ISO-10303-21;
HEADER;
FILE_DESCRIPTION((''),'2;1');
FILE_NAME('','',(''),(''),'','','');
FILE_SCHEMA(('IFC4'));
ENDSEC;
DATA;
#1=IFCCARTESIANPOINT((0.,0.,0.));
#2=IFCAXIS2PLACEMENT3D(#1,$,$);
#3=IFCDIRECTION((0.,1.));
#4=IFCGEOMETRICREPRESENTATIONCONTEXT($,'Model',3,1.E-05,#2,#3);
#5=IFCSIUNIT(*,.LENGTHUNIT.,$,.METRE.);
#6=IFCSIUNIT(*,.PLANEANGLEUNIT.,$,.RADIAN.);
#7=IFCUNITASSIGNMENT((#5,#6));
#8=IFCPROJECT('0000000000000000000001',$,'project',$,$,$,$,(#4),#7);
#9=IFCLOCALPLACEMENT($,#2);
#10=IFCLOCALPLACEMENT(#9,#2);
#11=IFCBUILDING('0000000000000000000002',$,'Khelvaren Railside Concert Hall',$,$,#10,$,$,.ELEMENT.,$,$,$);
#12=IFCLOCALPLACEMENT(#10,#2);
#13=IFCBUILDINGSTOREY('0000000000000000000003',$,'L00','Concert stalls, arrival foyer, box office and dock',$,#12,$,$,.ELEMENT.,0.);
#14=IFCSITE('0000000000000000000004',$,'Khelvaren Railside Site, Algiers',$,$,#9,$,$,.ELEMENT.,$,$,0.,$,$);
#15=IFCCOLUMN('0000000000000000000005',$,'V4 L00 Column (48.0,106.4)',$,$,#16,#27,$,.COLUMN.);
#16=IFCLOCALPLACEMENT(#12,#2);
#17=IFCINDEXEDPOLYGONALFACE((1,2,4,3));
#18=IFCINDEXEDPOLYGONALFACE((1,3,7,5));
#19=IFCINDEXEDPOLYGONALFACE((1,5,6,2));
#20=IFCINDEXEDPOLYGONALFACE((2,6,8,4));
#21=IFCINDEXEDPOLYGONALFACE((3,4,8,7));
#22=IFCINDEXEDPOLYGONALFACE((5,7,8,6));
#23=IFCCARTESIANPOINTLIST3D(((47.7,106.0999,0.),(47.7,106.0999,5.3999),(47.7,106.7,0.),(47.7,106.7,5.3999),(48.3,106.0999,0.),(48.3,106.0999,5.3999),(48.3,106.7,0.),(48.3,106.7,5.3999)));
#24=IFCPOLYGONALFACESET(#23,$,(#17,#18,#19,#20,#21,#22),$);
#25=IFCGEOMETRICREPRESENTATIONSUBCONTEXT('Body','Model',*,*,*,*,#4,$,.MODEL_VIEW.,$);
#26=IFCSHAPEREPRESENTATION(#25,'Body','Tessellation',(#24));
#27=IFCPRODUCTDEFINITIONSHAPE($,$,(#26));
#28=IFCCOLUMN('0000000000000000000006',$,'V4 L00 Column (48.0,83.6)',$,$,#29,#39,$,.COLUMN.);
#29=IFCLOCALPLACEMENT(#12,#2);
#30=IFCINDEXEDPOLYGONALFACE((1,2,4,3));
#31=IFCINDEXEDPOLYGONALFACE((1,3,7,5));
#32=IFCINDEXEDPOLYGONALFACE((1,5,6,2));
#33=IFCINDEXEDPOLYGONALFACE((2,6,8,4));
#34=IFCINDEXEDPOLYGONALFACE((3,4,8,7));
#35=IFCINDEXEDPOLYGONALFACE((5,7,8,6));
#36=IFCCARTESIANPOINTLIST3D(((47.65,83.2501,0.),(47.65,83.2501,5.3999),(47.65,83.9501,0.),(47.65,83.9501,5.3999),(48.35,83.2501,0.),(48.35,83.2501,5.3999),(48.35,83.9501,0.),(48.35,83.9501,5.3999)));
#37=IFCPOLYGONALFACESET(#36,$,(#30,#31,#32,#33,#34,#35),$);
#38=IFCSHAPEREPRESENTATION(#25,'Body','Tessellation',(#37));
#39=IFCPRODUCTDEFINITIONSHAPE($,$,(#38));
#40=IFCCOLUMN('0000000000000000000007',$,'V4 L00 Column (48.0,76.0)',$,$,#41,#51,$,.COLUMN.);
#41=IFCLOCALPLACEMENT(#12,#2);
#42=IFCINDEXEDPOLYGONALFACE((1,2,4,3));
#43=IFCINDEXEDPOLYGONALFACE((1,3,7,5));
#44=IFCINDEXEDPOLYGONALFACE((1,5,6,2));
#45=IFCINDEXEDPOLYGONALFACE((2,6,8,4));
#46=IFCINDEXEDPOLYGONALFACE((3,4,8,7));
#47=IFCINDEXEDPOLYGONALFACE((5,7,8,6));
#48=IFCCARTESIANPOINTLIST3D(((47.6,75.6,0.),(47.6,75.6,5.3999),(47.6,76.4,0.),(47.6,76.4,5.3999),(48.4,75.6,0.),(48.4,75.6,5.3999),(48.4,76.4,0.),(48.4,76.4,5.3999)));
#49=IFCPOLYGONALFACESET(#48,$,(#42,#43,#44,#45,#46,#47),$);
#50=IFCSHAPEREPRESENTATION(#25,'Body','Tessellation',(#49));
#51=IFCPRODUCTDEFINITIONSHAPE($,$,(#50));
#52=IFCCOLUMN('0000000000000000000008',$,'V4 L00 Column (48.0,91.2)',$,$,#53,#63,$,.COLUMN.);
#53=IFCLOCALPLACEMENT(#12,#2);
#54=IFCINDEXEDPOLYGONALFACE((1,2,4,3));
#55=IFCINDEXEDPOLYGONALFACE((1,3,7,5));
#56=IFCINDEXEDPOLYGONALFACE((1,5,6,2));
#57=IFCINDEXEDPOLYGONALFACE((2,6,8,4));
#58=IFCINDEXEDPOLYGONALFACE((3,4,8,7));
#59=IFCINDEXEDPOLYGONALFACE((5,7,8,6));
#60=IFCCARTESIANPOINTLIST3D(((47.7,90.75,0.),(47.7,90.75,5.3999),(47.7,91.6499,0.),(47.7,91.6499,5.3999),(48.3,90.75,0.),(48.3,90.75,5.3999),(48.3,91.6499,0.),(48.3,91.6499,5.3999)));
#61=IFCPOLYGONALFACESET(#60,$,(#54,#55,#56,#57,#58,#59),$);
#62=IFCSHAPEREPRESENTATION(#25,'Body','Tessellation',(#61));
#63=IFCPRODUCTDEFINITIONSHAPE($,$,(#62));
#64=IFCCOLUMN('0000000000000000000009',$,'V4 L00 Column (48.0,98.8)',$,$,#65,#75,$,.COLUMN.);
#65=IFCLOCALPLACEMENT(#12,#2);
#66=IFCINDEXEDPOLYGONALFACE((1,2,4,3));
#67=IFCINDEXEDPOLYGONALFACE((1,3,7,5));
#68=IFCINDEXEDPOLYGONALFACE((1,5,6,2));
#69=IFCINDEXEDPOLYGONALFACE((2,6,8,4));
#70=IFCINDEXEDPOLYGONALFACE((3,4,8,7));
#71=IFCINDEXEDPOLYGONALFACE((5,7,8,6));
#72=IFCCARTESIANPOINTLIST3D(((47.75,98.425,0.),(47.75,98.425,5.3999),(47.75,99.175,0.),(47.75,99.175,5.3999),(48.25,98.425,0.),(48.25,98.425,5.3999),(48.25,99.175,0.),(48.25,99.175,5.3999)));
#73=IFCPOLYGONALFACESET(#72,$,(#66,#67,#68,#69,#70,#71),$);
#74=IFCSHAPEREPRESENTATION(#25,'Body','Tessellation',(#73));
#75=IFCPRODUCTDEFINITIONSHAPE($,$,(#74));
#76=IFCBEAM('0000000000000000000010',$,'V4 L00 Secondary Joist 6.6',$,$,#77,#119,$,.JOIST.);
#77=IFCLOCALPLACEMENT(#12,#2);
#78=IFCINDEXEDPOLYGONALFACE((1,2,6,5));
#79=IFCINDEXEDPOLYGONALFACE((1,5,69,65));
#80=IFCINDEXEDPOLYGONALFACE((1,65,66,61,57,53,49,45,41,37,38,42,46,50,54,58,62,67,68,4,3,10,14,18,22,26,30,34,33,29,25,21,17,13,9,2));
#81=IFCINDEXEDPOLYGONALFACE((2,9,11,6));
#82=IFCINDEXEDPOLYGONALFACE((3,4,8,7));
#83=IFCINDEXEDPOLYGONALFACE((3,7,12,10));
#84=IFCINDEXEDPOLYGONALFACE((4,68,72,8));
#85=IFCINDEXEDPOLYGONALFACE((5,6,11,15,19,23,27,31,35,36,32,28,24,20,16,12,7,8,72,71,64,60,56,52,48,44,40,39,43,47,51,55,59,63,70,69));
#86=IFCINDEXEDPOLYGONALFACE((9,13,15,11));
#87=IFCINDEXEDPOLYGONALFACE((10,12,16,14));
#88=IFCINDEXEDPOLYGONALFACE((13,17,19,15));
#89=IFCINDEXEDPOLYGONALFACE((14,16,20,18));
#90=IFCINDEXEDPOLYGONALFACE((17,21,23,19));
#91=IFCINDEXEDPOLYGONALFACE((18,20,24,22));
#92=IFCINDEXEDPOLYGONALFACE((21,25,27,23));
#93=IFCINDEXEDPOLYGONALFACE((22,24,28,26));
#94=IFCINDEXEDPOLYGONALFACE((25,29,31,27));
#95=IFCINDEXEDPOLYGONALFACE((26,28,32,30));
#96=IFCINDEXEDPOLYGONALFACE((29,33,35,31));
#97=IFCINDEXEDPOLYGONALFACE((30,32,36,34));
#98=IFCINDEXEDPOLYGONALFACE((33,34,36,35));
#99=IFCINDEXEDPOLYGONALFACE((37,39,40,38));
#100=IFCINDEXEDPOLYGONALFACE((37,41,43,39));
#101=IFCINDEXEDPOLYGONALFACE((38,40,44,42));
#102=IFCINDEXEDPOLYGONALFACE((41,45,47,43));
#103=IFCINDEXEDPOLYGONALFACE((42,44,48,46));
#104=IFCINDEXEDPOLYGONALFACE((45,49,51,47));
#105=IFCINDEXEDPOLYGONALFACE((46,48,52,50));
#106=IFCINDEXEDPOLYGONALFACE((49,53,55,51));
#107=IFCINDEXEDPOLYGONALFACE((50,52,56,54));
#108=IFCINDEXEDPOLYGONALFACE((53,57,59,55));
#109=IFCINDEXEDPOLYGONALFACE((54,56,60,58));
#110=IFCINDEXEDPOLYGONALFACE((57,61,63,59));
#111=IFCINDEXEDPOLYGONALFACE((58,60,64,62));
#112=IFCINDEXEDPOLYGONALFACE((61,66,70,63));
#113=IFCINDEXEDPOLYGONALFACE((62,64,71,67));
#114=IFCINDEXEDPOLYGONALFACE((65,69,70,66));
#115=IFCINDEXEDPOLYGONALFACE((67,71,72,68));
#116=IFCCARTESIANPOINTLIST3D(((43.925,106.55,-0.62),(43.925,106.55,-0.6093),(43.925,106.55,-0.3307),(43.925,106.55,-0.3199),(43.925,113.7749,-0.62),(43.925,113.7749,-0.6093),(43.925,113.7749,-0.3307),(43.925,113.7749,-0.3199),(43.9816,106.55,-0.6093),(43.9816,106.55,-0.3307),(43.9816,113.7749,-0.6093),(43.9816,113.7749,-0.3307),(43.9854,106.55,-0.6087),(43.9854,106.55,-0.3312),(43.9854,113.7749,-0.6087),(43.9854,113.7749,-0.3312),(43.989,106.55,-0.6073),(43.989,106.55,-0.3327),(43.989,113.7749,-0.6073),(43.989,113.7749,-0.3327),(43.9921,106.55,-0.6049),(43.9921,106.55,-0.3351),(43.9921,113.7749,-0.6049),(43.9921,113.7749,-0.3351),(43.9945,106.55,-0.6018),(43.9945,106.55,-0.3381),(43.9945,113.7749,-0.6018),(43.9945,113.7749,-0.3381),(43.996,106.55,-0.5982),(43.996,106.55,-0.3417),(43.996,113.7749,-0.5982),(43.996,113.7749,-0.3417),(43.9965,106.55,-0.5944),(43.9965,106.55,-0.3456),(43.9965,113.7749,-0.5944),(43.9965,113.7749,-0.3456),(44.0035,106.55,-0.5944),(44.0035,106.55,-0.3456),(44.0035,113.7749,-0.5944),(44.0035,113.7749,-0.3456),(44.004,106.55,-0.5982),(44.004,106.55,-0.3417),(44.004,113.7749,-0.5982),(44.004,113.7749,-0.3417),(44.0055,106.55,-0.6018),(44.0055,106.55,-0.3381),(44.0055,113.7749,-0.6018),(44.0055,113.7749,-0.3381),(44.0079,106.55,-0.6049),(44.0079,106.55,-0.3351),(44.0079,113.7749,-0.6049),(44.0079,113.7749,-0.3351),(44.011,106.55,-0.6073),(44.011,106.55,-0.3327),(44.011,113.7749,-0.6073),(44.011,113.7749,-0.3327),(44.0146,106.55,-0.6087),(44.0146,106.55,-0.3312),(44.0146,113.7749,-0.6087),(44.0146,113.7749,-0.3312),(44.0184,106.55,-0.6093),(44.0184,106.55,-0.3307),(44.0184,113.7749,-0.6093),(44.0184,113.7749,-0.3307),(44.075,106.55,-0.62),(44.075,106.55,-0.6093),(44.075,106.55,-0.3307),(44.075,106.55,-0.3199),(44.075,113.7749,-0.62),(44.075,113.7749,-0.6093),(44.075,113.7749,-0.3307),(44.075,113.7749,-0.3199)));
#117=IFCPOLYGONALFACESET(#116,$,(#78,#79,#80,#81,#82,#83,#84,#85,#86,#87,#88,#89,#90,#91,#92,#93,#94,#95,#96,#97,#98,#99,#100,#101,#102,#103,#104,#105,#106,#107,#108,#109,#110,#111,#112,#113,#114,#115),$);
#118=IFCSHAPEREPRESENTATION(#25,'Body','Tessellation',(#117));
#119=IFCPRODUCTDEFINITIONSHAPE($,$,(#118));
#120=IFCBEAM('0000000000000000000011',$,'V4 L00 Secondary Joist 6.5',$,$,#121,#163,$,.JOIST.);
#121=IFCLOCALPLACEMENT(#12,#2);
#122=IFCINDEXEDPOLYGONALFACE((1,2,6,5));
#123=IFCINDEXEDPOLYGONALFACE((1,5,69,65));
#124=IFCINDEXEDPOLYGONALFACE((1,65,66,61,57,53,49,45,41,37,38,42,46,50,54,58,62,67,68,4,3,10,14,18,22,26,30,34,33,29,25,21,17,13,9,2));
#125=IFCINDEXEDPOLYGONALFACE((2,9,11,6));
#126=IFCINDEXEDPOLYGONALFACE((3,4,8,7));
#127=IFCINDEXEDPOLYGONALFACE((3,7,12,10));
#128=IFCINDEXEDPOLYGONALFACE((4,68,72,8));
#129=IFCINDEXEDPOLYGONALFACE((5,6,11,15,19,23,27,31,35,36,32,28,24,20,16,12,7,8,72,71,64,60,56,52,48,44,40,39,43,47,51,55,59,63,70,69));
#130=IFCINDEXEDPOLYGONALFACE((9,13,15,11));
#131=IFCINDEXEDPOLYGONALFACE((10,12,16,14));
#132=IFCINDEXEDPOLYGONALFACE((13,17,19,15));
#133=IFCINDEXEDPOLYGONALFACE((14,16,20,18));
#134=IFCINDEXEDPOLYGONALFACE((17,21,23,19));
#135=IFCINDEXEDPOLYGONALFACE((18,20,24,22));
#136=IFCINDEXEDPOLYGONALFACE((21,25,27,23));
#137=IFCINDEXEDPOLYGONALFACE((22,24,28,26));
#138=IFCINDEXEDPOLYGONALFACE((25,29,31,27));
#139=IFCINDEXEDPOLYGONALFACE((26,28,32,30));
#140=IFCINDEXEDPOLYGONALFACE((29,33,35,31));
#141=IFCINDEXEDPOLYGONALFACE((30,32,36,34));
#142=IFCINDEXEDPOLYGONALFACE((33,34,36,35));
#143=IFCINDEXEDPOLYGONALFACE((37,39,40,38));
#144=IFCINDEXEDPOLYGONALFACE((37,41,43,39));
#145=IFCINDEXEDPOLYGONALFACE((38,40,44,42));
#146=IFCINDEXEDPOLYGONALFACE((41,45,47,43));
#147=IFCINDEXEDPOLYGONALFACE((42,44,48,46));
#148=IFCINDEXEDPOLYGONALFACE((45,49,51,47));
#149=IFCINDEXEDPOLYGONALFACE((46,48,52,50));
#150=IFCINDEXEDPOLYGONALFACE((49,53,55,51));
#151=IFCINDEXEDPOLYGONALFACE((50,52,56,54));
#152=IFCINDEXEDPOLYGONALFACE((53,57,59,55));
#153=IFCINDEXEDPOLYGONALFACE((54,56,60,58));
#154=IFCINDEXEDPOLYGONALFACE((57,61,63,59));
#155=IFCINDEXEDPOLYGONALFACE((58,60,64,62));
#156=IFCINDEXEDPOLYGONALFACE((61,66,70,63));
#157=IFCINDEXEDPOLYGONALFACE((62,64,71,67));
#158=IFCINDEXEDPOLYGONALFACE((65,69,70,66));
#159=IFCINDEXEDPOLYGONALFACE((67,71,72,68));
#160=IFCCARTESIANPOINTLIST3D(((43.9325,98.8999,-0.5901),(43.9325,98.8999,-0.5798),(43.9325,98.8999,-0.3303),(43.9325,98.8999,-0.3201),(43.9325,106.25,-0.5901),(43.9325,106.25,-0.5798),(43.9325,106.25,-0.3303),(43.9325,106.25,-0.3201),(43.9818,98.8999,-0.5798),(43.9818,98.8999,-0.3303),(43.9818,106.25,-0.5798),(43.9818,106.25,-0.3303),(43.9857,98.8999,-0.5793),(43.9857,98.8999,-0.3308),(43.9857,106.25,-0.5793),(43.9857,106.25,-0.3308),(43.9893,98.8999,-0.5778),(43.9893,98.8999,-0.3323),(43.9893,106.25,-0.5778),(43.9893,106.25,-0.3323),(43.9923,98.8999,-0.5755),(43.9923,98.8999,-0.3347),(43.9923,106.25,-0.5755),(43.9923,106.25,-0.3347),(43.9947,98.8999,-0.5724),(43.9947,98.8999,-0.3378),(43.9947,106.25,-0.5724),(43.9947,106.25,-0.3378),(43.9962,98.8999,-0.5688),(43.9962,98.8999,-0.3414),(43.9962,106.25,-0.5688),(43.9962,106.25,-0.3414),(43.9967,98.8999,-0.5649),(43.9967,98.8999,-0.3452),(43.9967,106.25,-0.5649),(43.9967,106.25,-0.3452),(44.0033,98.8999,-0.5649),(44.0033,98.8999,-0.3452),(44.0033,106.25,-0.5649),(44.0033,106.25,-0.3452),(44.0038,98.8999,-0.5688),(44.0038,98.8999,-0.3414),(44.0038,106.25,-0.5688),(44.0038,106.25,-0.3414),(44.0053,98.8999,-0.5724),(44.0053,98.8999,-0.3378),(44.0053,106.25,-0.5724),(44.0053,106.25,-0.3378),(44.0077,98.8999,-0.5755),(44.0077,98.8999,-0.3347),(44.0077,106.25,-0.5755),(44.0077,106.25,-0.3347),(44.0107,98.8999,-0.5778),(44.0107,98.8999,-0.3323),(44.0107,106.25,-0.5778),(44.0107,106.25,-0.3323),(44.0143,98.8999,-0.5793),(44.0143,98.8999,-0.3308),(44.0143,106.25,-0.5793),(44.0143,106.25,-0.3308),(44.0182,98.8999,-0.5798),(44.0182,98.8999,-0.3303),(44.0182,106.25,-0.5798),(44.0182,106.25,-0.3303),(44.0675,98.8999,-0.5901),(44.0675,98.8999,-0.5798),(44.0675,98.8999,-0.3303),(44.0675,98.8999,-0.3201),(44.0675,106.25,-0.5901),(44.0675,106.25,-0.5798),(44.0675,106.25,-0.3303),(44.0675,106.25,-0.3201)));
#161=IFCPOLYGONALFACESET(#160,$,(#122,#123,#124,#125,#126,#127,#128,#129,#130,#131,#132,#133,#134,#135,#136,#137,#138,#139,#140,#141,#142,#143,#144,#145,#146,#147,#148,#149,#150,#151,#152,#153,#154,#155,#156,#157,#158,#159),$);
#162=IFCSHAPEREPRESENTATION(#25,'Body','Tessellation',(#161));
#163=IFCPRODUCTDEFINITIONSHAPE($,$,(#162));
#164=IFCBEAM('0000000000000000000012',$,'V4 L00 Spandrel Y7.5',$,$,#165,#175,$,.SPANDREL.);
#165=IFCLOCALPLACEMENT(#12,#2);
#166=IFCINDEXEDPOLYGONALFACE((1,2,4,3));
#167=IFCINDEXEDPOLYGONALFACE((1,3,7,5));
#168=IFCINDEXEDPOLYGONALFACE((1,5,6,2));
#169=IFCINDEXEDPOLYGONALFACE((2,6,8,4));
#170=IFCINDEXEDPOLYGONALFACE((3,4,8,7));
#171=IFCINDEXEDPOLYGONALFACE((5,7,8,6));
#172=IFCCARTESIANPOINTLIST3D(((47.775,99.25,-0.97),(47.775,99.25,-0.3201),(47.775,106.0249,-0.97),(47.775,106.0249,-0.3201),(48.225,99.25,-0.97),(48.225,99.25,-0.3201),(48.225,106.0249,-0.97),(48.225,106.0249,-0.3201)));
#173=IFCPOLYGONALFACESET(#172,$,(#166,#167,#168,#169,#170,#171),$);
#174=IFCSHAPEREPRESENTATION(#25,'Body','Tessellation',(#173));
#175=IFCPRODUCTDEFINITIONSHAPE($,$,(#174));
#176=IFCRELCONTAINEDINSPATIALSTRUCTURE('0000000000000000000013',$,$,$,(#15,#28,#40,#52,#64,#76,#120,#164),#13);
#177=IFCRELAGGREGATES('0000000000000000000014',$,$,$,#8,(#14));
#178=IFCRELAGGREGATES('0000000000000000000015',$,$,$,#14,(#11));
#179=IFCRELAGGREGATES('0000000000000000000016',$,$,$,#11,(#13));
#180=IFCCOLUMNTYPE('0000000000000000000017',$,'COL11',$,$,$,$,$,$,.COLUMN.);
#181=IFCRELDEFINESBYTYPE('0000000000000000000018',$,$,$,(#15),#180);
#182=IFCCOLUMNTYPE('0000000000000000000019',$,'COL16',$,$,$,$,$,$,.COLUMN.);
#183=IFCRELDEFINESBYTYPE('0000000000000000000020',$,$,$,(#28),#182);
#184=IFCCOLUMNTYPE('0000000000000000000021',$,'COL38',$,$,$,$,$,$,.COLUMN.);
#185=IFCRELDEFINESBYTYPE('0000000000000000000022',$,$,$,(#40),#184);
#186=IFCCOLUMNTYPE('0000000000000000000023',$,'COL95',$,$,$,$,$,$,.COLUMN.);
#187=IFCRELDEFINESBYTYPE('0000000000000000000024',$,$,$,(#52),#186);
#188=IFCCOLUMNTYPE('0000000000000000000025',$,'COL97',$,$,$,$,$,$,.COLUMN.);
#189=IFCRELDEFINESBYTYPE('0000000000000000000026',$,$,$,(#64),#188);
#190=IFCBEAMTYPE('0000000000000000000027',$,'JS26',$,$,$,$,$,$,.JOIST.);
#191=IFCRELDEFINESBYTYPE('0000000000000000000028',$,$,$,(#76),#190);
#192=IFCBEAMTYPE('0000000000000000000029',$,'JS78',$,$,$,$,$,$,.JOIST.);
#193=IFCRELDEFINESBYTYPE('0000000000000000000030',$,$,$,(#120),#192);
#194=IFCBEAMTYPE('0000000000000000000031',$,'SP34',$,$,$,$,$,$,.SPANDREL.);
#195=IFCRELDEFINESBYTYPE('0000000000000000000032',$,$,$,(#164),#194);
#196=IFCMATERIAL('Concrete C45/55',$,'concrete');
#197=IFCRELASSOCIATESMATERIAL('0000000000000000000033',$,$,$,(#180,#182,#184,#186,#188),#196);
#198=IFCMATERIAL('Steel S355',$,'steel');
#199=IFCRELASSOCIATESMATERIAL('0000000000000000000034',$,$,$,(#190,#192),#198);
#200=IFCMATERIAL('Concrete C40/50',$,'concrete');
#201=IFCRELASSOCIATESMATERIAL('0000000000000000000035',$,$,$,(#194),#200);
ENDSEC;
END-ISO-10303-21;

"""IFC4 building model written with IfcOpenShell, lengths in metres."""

from ifc_helpers import new_model, si_unit, direction, frame, origin, origin_2d, place, context, subcontext, project, spatial, rectangle, i_section, extrude, material, material_profile, profile_set, type_object, element, save


model = new_model("IFC4")

# Units and contexts
model_context = context("Model", 3, precision=1e-05, world=origin(), true_north=direction((0.0, 1.0)))
body_context = subcontext(model_context, "Body", "Model", "MODEL_VIEW")
ifc_project = project(units=[si_unit("LENGTHUNIT", "METRE"), si_unit("PLANEANGLEUNIT", "RADIAN")], contexts=[model_context])

# Site, building, storey
site_placement = place(None, origin())
site = spatial("IfcSite", under=ifc_project, at=site_placement, Name="Khelvaren Railside Site, Algiers", CompositionType="ELEMENT", RefElevation=0.0)
building_placement = place(site_placement, origin())
building = spatial("IfcBuilding", under=site, at=building_placement, Name="Khelvaren Railside Concert Hall", CompositionType="ELEMENT")
storey_placement = place(building_placement, origin())
storey = spatial("IfcBuildingStorey", under=building, at=storey_placement, Name="L00", Description="Concert stalls, arrival foyer, box office and dock", CompositionType="ELEMENT", Elevation=0.0)

# Columns
ifc_material_1 = material(Name="Concrete C45/55", Category="concrete")
ifc_material_profile_1 = material_profile(ifc_material_1, rectangle(XDim=0.6001, YDim=0.6001, at=origin_2d()), Name="RC 600x600")
ifc_profile_set_1 = profile_set([ifc_material_profile_1], Name="Concrete C45/55")
column_type_1 = type_object("IfcColumnType", Name="COL11", PredefinedType="COLUMN", material=ifc_profile_set_1)
column_1_placement = place(storey_placement, frame((48.0, 106.3999, 0.0), z_axis=(0.0, 0.0, 1.0), x_axis=(1.0, 0.0, 0.0)))
element("IfcColumn", 1, at=column_1_placement, inside=storey, type_object=column_type_1, Name="V4 L00 Column (48.0,106.4)", PredefinedType="COLUMN", context=body_context, shape_type="SweptSolid", body=[
    extrude(rectangle(XDim=0.6001, YDim=0.6001, at=origin_2d()), origin(), (0.0, 0.0, 1.0), 5.3999),
])
ifc_material_profile_2 = material_profile(ifc_material_1, rectangle(XDim=0.7, YDim=0.7, at=origin_2d()), Name="RC 700x700")
ifc_profile_set_2 = profile_set([ifc_material_profile_2], Name="Concrete C45/55")
column_type_2 = type_object("IfcColumnType", Name="COL16", PredefinedType="COLUMN", material=ifc_profile_set_2)
column_2_placement = place(storey_placement, frame((48.0, 83.6001, 0.0), z_axis=(0.0, 0.0, 1.0), x_axis=(1.0, 0.0, 0.0)))
element("IfcColumn", 2, at=column_2_placement, inside=storey, type_object=column_type_2, Name="V4 L00 Column (48.0,83.6)", PredefinedType="COLUMN", context=body_context, shape_type="SweptSolid", body=[
    extrude(rectangle(XDim=0.7, YDim=0.7, at=origin_2d()), origin(), (0.0, 0.0, 1.0), 5.3999),
])
ifc_material_profile_3 = material_profile(ifc_material_1, rectangle(XDim=0.8, YDim=0.8, at=origin_2d()), Name="RC 800x800")
ifc_profile_set_3 = profile_set([ifc_material_profile_3], Name="Concrete C45/55")
column_type_3 = type_object("IfcColumnType", Name="COL38", PredefinedType="COLUMN", material=ifc_profile_set_3)
column_3_placement = place(storey_placement, frame((48.0, 76.0, 0.0), z_axis=(0.0, 0.0, 1.0), x_axis=(1.0, 0.0, 0.0)))
element("IfcColumn", 3, at=column_3_placement, inside=storey, type_object=column_type_3, Name="V4 L00 Column (48.0,76.0)", PredefinedType="COLUMN", context=body_context, shape_type="SweptSolid", body=[
    extrude(rectangle(XDim=0.8, YDim=0.8, at=origin_2d()), origin(), (0.0, 0.0, 1.0), 5.3999),
])
ifc_material_profile_4 = material_profile(ifc_material_1, rectangle(XDim=0.6001, YDim=0.8999, at=origin_2d()), Name="RC 600x900")
ifc_profile_set_4 = profile_set([ifc_material_profile_4], Name="Concrete C45/55")
column_type_4 = type_object("IfcColumnType", Name="COL95", PredefinedType="COLUMN", material=ifc_profile_set_4)
column_4_placement = place(storey_placement, frame((48.0, 91.2, 0.0), z_axis=(0.0, 0.0, 1.0), x_axis=(1.0, 0.0, 0.0)))
element("IfcColumn", 4, at=column_4_placement, inside=storey, type_object=column_type_4, Name="V4 L00 Column (48.0,91.2)", PredefinedType="COLUMN", context=body_context, shape_type="SweptSolid", body=[
    extrude(rectangle(XDim=0.6001, YDim=0.8999, at=origin_2d()), origin(), (0.0, 0.0, 1.0), 5.3999),
])
ifc_material_profile_5 = material_profile(ifc_material_1, rectangle(XDim=0.5, YDim=0.75, at=origin_2d()), Name="RC 500x750")
ifc_profile_set_5 = profile_set([ifc_material_profile_5], Name="Concrete C45/55")
column_type_5 = type_object("IfcColumnType", Name="COL97", PredefinedType="COLUMN", material=ifc_profile_set_5)
column_5_placement = place(storey_placement, frame((48.0, 98.8, 0.0), z_axis=(0.0, 0.0, 1.0), x_axis=(1.0, 0.0, 0.0)))
element("IfcColumn", 5, at=column_5_placement, inside=storey, type_object=column_type_5, Name="V4 L00 Column (48.0,98.8)", PredefinedType="COLUMN", context=body_context, shape_type="SweptSolid", body=[
    extrude(rectangle(XDim=0.5, YDim=0.75, at=origin_2d()), origin(), (0.0, 0.0, 1.0), 5.3999),
])

# Beams
ifc_material_2 = material(Name="Steel S355", Category="steel")
ifc_material_profile_6 = material_profile(ifc_material_2, i_section(OverallWidth=0.1499, OverallDepth=0.3, WebThickness=0.0071, FlangeThickness=0.0107, FilletRadius=0.0149, at=origin_2d()), Name="IPE 300")
ifc_profile_set_6 = profile_set([ifc_material_profile_6], Name="Steel S355")
beam_type_1 = type_object("IfcBeamType", Name="JS26", PredefinedType="JOIST", material=ifc_profile_set_6)
beam_1_placement = place(storey_placement, frame((44.0, 106.55, -0.47), z_axis=(0.0, 1.0, 0.0), x_axis=(-1.0, 0.0, 0.0)))
element("IfcBeam", 6, at=beam_1_placement, inside=storey, type_object=beam_type_1, Name="V4 L00 Secondary Joist 6.6", PredefinedType="JOIST", context=body_context, shape_type="SweptSolid", body=[
    extrude(i_section(OverallWidth=0.1499, OverallDepth=0.3, WebThickness=0.0071, FlangeThickness=0.0107, FilletRadius=0.0149, at=origin_2d()), origin(), (0.0, 0.0, 1.0), 7.2249),
])
ifc_material_profile_7 = material_profile(ifc_material_2, i_section(OverallWidth=0.135, OverallDepth=0.27, WebThickness=0.0066, FlangeThickness=0.0103, FilletRadius=0.0149, at=origin_2d()), Name="IPE 270")
ifc_profile_set_7 = profile_set([ifc_material_profile_7], Name="Steel S355")
beam_type_2 = type_object("IfcBeamType", Name="JS78", PredefinedType="JOIST", material=ifc_profile_set_7)
beam_2_placement = place(storey_placement, frame((44.0, 98.8999, -0.4551), z_axis=(0.0, 1.0, 0.0), x_axis=(-1.0, 0.0, 0.0)))
element("IfcBeam", 7, at=beam_2_placement, inside=storey, type_object=beam_type_2, Name="V4 L00 Secondary Joist 6.5", PredefinedType="JOIST", context=body_context, shape_type="SweptSolid", body=[
    extrude(i_section(OverallWidth=0.135, OverallDepth=0.27, WebThickness=0.0066, FlangeThickness=0.0103, FilletRadius=0.0149, at=origin_2d()), origin(), (0.0, 0.0, 1.0), 7.3501),
])
ifc_material_3 = material(Name="Concrete C40/50", Category="concrete")
ifc_material_profile_8 = material_profile(ifc_material_3, rectangle(XDim=0.45, YDim=0.6499, at=origin_2d()), Name="RCB 450x650")
ifc_profile_set_8 = profile_set([ifc_material_profile_8], Name="Concrete C40/50")
beam_type_3 = type_object("IfcBeamType", Name="SP34", PredefinedType="SPANDREL", material=ifc_profile_set_8)
beam_3_placement = place(storey_placement, frame((48.0, 99.25, -0.645), z_axis=(0.0, 1.0, 0.0), x_axis=(-1.0, 0.0, 0.0)))
element("IfcBeam", 8, at=beam_3_placement, inside=storey, type_object=beam_type_3, Name="V4 L00 Spandrel Y7.5", PredefinedType="SPANDREL", context=body_context, shape_type="SweptSolid", body=[
    extrude(rectangle(XDim=0.45, YDim=0.6499, at=origin_2d()), origin(), (0.0, 0.0, 1.0), 6.7749),
])

save(model, "model.ifc")
